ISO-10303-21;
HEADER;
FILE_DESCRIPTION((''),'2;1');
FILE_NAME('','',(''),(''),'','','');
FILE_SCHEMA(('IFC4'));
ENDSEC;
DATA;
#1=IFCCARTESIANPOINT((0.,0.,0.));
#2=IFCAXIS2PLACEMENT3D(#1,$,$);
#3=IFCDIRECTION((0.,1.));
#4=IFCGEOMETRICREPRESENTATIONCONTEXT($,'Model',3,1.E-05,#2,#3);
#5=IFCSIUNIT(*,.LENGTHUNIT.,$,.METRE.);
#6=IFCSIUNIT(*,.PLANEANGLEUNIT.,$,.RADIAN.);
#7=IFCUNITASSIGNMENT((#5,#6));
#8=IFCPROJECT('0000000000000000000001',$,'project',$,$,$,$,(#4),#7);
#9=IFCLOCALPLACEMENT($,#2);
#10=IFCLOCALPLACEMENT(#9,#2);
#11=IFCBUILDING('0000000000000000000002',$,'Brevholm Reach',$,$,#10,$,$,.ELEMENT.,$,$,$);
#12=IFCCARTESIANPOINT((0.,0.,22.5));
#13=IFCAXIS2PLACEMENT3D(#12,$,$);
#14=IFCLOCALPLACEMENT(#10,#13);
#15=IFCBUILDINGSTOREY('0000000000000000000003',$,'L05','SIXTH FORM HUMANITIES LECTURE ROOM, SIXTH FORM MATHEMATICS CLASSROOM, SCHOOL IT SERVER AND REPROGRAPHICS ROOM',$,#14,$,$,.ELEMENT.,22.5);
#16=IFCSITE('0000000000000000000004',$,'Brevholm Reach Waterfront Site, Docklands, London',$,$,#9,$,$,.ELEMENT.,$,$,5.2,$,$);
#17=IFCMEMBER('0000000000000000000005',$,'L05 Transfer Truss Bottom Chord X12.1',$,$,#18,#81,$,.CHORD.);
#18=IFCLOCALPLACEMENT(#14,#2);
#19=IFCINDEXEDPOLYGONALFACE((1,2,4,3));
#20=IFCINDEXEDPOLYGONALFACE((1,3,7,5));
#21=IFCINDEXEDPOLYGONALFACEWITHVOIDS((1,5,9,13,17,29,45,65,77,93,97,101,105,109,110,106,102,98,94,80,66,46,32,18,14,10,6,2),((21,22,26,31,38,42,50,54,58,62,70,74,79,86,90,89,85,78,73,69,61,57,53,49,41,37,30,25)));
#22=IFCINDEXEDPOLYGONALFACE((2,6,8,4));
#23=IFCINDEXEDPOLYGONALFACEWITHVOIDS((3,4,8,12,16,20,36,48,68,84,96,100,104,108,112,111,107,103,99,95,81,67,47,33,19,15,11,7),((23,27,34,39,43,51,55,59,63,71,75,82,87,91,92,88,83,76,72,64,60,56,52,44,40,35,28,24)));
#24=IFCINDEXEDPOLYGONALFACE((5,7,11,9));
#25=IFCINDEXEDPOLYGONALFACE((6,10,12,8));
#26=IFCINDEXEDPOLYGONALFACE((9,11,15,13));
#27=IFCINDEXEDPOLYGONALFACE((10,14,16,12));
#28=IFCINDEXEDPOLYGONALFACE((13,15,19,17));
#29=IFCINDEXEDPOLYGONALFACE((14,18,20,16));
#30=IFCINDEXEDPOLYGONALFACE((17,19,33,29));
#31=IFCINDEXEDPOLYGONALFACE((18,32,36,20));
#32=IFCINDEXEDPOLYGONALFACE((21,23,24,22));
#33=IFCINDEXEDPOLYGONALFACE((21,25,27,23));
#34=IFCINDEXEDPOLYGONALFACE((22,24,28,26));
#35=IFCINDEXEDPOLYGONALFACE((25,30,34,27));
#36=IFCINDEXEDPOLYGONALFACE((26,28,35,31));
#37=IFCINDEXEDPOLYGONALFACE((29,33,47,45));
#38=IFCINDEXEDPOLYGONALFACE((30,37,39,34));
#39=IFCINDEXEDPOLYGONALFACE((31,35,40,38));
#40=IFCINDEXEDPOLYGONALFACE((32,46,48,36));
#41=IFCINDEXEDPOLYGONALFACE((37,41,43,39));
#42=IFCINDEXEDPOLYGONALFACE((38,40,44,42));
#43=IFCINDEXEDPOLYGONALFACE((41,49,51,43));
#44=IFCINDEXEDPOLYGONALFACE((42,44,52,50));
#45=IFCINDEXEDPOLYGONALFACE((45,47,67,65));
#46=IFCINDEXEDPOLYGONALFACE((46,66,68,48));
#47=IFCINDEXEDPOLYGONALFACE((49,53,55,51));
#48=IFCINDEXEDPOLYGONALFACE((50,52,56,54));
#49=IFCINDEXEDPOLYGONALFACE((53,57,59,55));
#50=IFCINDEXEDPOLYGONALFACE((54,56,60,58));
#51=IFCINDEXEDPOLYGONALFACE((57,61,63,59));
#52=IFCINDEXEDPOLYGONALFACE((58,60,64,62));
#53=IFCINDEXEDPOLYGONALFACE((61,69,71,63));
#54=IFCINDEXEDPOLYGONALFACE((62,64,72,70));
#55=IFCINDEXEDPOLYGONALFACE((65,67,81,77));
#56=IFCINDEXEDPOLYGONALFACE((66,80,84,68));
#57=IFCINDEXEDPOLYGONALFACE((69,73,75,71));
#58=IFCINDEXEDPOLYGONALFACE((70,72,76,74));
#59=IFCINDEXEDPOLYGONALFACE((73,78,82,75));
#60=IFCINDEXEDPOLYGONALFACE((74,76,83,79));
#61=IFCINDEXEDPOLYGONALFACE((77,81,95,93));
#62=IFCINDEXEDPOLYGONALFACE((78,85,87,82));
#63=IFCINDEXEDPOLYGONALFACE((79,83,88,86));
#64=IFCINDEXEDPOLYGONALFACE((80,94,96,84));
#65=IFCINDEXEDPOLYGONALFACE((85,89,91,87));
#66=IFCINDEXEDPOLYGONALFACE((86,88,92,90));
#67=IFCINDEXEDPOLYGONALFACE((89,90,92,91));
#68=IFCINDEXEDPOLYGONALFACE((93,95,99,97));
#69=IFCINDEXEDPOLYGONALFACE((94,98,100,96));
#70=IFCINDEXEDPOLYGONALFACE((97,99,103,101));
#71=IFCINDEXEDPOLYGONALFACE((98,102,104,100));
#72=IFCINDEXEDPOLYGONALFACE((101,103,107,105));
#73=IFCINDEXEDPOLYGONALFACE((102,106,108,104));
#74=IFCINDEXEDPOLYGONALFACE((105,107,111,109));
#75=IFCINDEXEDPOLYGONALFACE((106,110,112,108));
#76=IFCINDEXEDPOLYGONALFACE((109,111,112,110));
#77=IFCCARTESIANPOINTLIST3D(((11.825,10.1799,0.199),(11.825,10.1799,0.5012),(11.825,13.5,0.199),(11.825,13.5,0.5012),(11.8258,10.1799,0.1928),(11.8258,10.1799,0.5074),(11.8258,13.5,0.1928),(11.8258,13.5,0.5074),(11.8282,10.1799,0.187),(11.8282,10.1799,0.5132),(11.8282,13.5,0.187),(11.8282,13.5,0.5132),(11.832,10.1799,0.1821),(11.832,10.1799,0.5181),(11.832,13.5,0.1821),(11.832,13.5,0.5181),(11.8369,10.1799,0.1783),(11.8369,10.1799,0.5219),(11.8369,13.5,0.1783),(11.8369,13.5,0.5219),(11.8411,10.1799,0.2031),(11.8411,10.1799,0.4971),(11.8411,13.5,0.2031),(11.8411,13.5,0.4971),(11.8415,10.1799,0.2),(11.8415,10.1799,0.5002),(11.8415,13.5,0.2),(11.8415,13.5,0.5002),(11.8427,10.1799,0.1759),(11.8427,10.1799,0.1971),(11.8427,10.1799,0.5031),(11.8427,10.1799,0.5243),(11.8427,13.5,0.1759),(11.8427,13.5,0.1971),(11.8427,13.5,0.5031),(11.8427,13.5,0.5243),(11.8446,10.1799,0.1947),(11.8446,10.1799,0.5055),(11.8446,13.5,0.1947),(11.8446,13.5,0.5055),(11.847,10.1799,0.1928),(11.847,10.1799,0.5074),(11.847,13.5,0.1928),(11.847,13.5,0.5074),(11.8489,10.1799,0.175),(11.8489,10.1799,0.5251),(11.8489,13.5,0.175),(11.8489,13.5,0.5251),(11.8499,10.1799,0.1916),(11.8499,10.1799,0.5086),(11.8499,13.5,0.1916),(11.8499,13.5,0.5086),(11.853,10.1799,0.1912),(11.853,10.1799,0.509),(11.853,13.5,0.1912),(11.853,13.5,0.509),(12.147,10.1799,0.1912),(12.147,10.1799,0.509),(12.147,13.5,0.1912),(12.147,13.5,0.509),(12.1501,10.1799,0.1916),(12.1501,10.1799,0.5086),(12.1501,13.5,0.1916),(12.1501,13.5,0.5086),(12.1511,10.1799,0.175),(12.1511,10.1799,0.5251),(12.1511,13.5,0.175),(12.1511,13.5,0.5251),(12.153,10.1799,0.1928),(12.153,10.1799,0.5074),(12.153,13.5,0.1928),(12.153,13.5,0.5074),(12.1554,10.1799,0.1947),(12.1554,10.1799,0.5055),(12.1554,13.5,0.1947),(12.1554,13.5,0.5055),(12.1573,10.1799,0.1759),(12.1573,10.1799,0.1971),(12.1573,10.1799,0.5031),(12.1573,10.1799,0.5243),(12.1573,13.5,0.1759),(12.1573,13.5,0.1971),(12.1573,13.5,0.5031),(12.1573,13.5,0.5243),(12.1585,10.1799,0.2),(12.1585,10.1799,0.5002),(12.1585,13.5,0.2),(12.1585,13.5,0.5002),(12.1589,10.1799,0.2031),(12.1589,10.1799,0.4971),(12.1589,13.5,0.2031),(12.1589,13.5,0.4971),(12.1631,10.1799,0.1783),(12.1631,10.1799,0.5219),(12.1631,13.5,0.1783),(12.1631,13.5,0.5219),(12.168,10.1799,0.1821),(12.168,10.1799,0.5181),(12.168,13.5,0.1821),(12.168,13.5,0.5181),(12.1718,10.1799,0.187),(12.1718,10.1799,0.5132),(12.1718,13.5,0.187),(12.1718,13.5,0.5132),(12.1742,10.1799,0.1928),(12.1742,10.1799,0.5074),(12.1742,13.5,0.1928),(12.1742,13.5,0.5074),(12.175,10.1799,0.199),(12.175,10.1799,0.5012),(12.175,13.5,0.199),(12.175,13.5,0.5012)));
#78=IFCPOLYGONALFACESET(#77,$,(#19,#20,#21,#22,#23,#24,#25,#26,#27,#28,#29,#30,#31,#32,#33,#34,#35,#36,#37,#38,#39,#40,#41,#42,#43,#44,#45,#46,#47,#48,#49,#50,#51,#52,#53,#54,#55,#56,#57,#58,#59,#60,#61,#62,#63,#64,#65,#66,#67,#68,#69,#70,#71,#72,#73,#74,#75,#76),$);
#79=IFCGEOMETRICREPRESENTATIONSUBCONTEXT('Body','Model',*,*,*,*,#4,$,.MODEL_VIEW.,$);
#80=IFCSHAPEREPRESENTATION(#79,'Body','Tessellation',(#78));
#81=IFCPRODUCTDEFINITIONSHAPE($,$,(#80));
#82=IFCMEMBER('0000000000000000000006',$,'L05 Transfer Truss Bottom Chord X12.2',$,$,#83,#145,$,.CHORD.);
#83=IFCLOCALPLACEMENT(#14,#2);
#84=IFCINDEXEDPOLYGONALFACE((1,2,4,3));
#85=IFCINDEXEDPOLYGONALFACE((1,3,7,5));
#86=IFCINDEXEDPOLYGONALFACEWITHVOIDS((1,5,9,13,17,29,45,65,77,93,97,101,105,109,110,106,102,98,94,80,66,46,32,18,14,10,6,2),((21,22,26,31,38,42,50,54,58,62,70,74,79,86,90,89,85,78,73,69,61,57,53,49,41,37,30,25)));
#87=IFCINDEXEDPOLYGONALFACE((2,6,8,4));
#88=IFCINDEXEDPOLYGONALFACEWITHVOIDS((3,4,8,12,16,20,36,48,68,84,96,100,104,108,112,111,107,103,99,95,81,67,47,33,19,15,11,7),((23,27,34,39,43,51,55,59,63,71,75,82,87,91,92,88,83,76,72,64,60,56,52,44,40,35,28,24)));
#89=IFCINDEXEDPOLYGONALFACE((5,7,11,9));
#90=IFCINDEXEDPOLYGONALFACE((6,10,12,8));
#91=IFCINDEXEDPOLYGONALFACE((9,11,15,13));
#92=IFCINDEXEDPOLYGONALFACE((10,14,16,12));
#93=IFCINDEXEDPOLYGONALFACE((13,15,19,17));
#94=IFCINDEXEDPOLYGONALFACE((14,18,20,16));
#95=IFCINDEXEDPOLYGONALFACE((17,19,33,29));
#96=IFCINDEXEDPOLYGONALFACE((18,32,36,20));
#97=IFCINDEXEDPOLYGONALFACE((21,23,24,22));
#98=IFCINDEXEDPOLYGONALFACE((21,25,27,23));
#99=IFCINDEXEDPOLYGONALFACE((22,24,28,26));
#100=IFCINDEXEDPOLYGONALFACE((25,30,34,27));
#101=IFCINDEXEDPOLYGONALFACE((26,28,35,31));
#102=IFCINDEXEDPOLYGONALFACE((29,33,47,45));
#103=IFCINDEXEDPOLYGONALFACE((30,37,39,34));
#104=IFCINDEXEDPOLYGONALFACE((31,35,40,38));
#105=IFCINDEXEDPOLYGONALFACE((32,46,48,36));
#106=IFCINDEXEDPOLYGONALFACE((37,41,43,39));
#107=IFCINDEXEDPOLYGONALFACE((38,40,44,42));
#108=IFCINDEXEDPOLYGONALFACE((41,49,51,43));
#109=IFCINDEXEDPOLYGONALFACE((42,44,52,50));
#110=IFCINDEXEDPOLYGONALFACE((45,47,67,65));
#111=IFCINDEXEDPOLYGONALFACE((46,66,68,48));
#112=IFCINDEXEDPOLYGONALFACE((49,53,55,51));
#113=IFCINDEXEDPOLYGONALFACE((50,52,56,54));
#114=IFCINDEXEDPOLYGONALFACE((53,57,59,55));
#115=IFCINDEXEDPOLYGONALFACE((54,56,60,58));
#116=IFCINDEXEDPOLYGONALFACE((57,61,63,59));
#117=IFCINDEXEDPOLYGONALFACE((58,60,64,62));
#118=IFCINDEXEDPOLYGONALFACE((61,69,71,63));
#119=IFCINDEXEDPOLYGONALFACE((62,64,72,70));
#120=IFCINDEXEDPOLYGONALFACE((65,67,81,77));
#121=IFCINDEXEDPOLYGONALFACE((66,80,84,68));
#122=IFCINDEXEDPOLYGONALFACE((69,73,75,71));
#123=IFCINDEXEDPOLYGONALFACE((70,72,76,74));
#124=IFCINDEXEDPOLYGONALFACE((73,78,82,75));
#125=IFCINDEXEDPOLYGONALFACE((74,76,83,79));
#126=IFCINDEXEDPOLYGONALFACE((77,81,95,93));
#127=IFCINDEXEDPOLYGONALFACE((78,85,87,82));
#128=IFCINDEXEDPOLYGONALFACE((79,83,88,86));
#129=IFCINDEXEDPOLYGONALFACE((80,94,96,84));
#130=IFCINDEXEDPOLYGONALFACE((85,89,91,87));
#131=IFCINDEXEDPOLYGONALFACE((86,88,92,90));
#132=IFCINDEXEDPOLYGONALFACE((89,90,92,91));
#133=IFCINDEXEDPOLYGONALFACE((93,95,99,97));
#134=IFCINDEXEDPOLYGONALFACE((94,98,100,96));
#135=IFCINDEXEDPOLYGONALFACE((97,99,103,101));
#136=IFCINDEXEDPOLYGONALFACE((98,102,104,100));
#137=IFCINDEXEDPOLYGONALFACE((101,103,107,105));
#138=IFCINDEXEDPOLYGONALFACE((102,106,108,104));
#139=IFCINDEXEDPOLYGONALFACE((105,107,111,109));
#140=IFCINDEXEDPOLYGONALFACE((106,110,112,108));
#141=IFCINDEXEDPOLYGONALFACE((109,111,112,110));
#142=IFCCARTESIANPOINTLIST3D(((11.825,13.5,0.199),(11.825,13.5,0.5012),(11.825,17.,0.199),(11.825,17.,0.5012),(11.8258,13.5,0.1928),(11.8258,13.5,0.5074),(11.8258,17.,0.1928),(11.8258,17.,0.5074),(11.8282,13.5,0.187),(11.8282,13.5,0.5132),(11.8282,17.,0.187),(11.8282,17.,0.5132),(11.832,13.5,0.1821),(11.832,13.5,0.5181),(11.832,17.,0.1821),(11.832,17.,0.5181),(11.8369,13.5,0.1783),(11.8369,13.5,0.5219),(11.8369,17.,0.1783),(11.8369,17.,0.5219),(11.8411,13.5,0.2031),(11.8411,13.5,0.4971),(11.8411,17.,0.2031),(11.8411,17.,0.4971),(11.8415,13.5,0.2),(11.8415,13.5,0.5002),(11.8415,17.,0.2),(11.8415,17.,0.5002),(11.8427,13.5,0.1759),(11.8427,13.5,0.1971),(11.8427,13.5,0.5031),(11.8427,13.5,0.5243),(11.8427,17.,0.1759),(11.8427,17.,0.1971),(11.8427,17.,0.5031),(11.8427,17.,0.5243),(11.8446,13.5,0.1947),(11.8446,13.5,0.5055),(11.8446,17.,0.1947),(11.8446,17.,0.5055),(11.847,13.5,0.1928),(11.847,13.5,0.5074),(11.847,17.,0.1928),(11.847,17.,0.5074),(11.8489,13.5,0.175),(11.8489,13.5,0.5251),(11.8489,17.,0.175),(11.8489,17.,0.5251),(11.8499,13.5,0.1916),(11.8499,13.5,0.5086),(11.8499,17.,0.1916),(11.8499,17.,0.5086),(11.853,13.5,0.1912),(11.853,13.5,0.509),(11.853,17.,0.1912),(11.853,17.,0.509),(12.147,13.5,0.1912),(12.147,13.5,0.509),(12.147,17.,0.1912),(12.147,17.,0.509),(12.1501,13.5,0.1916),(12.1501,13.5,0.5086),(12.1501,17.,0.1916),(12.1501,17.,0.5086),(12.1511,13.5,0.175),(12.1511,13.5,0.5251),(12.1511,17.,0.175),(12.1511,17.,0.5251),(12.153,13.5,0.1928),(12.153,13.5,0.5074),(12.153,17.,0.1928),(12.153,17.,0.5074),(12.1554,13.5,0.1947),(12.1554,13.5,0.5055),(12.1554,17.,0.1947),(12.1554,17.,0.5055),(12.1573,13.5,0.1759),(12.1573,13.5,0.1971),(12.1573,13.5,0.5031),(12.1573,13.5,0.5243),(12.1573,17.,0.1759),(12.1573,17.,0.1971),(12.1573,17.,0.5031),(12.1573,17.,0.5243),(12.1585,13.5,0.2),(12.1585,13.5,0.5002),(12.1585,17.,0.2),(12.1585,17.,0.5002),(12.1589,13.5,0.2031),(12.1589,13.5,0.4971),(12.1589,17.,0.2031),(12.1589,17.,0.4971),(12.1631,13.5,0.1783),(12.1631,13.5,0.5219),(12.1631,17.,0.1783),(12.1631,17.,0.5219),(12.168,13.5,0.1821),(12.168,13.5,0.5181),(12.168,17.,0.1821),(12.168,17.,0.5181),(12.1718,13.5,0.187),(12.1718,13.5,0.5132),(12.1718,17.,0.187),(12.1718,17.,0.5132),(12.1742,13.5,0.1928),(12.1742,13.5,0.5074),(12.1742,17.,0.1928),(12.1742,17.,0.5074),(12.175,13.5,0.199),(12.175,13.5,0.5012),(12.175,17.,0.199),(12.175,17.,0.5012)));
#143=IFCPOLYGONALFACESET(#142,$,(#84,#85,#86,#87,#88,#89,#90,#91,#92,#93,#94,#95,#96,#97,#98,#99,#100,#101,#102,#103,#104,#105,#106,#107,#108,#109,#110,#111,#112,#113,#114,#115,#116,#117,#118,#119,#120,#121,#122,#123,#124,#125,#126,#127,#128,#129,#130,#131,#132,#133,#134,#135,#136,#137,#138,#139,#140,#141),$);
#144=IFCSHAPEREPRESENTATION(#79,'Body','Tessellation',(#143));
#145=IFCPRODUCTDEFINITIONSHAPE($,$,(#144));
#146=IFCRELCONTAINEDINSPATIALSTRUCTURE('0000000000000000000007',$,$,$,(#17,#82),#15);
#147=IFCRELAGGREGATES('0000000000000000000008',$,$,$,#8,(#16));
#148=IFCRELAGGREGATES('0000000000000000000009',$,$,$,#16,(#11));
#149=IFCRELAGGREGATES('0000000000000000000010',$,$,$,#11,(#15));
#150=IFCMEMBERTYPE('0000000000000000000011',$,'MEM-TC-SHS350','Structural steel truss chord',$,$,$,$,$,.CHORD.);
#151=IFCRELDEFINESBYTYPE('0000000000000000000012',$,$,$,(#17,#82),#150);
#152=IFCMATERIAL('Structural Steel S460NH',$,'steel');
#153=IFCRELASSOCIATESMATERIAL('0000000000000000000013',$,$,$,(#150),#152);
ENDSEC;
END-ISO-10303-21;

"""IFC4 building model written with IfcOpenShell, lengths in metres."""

from ifc_helpers import new_model, si_unit, direction, frame, origin, origin_2d, place, context, subcontext, project, spatial, hollow_rectangle, extrude, material, material_profile, profile_set, type_object, element, save


model = new_model("IFC4")

# Units and contexts
model_context = context("Model", 3, precision=1e-05, world=origin(), true_north=direction((0.0, 1.0)))
body_context = subcontext(model_context, "Body", "Model", "MODEL_VIEW")
ifc_project = project(units=[si_unit("LENGTHUNIT", "METRE"), si_unit("PLANEANGLEUNIT", "RADIAN")], contexts=[model_context])

# Site, building, storey
site_placement = place(None, origin())
site = spatial("IfcSite", under=ifc_project, at=site_placement, Name="Brevholm Reach Waterfront Site, Docklands, London", CompositionType="ELEMENT", RefElevation=5.2)
building_placement = place(site_placement, origin())
building = spatial("IfcBuilding", under=site, at=building_placement, Name="Brevholm Reach", CompositionType="ELEMENT")
storey_placement = place(building_placement, frame((0.0, 0.0, 22.5)))
storey = spatial("IfcBuildingStorey", under=building, at=storey_placement, Name="L05", Description="SIXTH FORM HUMANITIES LECTURE ROOM, SIXTH FORM MATHEMATICS CLASSROOM, SCHOOL IT SERVER AND REPROGRAPHICS ROOM", CompositionType="ELEMENT", Elevation=22.5)

# Members
ifc_material_1 = material(Name="Structural Steel S460NH", Category="steel")
ifc_material_profile_1 = material_profile(ifc_material_1, hollow_rectangle(XDim=0.3501, YDim=0.3501, WallThickness=0.0161, InnerFilletRadius=0.012, OuterFilletRadius=0.0239, at=origin_2d()), Name="SHS 350x350x16")
ifc_profile_set_1 = profile_set([ifc_material_profile_1], Name="Structural Steel S460NH")
member_type_1 = type_object("IfcMemberType", Name="MEM-TC-SHS350", Description="Structural steel truss chord", PredefinedType="CHORD", material=ifc_profile_set_1)
member_1_placement = place(storey_placement, frame((12.0, 10.1799, 0.3501), z_axis=(0.0, 1.0, 0.0), x_axis=(-1.0, 0.0, 0.0)))
element("IfcMember", 1, at=member_1_placement, inside=storey, type_object=member_type_1, Name="L05 Transfer Truss Bottom Chord X12.1", PredefinedType="CHORD", context=body_context, shape_type="SweptSolid", body=[
    extrude(hollow_rectangle(XDim=0.3501, YDim=0.3501, WallThickness=0.0161, InnerFilletRadius=0.012, OuterFilletRadius=0.0239, at=origin_2d()), origin(), (0.0, 0.0, 1.0), 3.3201),
])
for number, where, z_axis, x_axis, name in (
    (2, (12.0, 13.5, 0.3501), (0.0, 1.0, 0.0), (-1.0, 0.0, 0.0), "L05 Transfer Truss Bottom Chord X12.2"),
):
    element("IfcMember", number, at=place(storey_placement, frame(where, z_axis=z_axis, x_axis=x_axis)), inside=storey, type_object=member_type_1, Name=name, PredefinedType="CHORD", context=body_context, shape_type="SweptSolid", body=[
        extrude(hollow_rectangle(XDim=0.3501, YDim=0.3501, WallThickness=0.0161, InnerFilletRadius=0.012, OuterFilletRadius=0.0239, at=origin_2d()), origin(), (0.0, 0.0, 1.0), 3.5),
    ])

save(model, "model.ifc")
